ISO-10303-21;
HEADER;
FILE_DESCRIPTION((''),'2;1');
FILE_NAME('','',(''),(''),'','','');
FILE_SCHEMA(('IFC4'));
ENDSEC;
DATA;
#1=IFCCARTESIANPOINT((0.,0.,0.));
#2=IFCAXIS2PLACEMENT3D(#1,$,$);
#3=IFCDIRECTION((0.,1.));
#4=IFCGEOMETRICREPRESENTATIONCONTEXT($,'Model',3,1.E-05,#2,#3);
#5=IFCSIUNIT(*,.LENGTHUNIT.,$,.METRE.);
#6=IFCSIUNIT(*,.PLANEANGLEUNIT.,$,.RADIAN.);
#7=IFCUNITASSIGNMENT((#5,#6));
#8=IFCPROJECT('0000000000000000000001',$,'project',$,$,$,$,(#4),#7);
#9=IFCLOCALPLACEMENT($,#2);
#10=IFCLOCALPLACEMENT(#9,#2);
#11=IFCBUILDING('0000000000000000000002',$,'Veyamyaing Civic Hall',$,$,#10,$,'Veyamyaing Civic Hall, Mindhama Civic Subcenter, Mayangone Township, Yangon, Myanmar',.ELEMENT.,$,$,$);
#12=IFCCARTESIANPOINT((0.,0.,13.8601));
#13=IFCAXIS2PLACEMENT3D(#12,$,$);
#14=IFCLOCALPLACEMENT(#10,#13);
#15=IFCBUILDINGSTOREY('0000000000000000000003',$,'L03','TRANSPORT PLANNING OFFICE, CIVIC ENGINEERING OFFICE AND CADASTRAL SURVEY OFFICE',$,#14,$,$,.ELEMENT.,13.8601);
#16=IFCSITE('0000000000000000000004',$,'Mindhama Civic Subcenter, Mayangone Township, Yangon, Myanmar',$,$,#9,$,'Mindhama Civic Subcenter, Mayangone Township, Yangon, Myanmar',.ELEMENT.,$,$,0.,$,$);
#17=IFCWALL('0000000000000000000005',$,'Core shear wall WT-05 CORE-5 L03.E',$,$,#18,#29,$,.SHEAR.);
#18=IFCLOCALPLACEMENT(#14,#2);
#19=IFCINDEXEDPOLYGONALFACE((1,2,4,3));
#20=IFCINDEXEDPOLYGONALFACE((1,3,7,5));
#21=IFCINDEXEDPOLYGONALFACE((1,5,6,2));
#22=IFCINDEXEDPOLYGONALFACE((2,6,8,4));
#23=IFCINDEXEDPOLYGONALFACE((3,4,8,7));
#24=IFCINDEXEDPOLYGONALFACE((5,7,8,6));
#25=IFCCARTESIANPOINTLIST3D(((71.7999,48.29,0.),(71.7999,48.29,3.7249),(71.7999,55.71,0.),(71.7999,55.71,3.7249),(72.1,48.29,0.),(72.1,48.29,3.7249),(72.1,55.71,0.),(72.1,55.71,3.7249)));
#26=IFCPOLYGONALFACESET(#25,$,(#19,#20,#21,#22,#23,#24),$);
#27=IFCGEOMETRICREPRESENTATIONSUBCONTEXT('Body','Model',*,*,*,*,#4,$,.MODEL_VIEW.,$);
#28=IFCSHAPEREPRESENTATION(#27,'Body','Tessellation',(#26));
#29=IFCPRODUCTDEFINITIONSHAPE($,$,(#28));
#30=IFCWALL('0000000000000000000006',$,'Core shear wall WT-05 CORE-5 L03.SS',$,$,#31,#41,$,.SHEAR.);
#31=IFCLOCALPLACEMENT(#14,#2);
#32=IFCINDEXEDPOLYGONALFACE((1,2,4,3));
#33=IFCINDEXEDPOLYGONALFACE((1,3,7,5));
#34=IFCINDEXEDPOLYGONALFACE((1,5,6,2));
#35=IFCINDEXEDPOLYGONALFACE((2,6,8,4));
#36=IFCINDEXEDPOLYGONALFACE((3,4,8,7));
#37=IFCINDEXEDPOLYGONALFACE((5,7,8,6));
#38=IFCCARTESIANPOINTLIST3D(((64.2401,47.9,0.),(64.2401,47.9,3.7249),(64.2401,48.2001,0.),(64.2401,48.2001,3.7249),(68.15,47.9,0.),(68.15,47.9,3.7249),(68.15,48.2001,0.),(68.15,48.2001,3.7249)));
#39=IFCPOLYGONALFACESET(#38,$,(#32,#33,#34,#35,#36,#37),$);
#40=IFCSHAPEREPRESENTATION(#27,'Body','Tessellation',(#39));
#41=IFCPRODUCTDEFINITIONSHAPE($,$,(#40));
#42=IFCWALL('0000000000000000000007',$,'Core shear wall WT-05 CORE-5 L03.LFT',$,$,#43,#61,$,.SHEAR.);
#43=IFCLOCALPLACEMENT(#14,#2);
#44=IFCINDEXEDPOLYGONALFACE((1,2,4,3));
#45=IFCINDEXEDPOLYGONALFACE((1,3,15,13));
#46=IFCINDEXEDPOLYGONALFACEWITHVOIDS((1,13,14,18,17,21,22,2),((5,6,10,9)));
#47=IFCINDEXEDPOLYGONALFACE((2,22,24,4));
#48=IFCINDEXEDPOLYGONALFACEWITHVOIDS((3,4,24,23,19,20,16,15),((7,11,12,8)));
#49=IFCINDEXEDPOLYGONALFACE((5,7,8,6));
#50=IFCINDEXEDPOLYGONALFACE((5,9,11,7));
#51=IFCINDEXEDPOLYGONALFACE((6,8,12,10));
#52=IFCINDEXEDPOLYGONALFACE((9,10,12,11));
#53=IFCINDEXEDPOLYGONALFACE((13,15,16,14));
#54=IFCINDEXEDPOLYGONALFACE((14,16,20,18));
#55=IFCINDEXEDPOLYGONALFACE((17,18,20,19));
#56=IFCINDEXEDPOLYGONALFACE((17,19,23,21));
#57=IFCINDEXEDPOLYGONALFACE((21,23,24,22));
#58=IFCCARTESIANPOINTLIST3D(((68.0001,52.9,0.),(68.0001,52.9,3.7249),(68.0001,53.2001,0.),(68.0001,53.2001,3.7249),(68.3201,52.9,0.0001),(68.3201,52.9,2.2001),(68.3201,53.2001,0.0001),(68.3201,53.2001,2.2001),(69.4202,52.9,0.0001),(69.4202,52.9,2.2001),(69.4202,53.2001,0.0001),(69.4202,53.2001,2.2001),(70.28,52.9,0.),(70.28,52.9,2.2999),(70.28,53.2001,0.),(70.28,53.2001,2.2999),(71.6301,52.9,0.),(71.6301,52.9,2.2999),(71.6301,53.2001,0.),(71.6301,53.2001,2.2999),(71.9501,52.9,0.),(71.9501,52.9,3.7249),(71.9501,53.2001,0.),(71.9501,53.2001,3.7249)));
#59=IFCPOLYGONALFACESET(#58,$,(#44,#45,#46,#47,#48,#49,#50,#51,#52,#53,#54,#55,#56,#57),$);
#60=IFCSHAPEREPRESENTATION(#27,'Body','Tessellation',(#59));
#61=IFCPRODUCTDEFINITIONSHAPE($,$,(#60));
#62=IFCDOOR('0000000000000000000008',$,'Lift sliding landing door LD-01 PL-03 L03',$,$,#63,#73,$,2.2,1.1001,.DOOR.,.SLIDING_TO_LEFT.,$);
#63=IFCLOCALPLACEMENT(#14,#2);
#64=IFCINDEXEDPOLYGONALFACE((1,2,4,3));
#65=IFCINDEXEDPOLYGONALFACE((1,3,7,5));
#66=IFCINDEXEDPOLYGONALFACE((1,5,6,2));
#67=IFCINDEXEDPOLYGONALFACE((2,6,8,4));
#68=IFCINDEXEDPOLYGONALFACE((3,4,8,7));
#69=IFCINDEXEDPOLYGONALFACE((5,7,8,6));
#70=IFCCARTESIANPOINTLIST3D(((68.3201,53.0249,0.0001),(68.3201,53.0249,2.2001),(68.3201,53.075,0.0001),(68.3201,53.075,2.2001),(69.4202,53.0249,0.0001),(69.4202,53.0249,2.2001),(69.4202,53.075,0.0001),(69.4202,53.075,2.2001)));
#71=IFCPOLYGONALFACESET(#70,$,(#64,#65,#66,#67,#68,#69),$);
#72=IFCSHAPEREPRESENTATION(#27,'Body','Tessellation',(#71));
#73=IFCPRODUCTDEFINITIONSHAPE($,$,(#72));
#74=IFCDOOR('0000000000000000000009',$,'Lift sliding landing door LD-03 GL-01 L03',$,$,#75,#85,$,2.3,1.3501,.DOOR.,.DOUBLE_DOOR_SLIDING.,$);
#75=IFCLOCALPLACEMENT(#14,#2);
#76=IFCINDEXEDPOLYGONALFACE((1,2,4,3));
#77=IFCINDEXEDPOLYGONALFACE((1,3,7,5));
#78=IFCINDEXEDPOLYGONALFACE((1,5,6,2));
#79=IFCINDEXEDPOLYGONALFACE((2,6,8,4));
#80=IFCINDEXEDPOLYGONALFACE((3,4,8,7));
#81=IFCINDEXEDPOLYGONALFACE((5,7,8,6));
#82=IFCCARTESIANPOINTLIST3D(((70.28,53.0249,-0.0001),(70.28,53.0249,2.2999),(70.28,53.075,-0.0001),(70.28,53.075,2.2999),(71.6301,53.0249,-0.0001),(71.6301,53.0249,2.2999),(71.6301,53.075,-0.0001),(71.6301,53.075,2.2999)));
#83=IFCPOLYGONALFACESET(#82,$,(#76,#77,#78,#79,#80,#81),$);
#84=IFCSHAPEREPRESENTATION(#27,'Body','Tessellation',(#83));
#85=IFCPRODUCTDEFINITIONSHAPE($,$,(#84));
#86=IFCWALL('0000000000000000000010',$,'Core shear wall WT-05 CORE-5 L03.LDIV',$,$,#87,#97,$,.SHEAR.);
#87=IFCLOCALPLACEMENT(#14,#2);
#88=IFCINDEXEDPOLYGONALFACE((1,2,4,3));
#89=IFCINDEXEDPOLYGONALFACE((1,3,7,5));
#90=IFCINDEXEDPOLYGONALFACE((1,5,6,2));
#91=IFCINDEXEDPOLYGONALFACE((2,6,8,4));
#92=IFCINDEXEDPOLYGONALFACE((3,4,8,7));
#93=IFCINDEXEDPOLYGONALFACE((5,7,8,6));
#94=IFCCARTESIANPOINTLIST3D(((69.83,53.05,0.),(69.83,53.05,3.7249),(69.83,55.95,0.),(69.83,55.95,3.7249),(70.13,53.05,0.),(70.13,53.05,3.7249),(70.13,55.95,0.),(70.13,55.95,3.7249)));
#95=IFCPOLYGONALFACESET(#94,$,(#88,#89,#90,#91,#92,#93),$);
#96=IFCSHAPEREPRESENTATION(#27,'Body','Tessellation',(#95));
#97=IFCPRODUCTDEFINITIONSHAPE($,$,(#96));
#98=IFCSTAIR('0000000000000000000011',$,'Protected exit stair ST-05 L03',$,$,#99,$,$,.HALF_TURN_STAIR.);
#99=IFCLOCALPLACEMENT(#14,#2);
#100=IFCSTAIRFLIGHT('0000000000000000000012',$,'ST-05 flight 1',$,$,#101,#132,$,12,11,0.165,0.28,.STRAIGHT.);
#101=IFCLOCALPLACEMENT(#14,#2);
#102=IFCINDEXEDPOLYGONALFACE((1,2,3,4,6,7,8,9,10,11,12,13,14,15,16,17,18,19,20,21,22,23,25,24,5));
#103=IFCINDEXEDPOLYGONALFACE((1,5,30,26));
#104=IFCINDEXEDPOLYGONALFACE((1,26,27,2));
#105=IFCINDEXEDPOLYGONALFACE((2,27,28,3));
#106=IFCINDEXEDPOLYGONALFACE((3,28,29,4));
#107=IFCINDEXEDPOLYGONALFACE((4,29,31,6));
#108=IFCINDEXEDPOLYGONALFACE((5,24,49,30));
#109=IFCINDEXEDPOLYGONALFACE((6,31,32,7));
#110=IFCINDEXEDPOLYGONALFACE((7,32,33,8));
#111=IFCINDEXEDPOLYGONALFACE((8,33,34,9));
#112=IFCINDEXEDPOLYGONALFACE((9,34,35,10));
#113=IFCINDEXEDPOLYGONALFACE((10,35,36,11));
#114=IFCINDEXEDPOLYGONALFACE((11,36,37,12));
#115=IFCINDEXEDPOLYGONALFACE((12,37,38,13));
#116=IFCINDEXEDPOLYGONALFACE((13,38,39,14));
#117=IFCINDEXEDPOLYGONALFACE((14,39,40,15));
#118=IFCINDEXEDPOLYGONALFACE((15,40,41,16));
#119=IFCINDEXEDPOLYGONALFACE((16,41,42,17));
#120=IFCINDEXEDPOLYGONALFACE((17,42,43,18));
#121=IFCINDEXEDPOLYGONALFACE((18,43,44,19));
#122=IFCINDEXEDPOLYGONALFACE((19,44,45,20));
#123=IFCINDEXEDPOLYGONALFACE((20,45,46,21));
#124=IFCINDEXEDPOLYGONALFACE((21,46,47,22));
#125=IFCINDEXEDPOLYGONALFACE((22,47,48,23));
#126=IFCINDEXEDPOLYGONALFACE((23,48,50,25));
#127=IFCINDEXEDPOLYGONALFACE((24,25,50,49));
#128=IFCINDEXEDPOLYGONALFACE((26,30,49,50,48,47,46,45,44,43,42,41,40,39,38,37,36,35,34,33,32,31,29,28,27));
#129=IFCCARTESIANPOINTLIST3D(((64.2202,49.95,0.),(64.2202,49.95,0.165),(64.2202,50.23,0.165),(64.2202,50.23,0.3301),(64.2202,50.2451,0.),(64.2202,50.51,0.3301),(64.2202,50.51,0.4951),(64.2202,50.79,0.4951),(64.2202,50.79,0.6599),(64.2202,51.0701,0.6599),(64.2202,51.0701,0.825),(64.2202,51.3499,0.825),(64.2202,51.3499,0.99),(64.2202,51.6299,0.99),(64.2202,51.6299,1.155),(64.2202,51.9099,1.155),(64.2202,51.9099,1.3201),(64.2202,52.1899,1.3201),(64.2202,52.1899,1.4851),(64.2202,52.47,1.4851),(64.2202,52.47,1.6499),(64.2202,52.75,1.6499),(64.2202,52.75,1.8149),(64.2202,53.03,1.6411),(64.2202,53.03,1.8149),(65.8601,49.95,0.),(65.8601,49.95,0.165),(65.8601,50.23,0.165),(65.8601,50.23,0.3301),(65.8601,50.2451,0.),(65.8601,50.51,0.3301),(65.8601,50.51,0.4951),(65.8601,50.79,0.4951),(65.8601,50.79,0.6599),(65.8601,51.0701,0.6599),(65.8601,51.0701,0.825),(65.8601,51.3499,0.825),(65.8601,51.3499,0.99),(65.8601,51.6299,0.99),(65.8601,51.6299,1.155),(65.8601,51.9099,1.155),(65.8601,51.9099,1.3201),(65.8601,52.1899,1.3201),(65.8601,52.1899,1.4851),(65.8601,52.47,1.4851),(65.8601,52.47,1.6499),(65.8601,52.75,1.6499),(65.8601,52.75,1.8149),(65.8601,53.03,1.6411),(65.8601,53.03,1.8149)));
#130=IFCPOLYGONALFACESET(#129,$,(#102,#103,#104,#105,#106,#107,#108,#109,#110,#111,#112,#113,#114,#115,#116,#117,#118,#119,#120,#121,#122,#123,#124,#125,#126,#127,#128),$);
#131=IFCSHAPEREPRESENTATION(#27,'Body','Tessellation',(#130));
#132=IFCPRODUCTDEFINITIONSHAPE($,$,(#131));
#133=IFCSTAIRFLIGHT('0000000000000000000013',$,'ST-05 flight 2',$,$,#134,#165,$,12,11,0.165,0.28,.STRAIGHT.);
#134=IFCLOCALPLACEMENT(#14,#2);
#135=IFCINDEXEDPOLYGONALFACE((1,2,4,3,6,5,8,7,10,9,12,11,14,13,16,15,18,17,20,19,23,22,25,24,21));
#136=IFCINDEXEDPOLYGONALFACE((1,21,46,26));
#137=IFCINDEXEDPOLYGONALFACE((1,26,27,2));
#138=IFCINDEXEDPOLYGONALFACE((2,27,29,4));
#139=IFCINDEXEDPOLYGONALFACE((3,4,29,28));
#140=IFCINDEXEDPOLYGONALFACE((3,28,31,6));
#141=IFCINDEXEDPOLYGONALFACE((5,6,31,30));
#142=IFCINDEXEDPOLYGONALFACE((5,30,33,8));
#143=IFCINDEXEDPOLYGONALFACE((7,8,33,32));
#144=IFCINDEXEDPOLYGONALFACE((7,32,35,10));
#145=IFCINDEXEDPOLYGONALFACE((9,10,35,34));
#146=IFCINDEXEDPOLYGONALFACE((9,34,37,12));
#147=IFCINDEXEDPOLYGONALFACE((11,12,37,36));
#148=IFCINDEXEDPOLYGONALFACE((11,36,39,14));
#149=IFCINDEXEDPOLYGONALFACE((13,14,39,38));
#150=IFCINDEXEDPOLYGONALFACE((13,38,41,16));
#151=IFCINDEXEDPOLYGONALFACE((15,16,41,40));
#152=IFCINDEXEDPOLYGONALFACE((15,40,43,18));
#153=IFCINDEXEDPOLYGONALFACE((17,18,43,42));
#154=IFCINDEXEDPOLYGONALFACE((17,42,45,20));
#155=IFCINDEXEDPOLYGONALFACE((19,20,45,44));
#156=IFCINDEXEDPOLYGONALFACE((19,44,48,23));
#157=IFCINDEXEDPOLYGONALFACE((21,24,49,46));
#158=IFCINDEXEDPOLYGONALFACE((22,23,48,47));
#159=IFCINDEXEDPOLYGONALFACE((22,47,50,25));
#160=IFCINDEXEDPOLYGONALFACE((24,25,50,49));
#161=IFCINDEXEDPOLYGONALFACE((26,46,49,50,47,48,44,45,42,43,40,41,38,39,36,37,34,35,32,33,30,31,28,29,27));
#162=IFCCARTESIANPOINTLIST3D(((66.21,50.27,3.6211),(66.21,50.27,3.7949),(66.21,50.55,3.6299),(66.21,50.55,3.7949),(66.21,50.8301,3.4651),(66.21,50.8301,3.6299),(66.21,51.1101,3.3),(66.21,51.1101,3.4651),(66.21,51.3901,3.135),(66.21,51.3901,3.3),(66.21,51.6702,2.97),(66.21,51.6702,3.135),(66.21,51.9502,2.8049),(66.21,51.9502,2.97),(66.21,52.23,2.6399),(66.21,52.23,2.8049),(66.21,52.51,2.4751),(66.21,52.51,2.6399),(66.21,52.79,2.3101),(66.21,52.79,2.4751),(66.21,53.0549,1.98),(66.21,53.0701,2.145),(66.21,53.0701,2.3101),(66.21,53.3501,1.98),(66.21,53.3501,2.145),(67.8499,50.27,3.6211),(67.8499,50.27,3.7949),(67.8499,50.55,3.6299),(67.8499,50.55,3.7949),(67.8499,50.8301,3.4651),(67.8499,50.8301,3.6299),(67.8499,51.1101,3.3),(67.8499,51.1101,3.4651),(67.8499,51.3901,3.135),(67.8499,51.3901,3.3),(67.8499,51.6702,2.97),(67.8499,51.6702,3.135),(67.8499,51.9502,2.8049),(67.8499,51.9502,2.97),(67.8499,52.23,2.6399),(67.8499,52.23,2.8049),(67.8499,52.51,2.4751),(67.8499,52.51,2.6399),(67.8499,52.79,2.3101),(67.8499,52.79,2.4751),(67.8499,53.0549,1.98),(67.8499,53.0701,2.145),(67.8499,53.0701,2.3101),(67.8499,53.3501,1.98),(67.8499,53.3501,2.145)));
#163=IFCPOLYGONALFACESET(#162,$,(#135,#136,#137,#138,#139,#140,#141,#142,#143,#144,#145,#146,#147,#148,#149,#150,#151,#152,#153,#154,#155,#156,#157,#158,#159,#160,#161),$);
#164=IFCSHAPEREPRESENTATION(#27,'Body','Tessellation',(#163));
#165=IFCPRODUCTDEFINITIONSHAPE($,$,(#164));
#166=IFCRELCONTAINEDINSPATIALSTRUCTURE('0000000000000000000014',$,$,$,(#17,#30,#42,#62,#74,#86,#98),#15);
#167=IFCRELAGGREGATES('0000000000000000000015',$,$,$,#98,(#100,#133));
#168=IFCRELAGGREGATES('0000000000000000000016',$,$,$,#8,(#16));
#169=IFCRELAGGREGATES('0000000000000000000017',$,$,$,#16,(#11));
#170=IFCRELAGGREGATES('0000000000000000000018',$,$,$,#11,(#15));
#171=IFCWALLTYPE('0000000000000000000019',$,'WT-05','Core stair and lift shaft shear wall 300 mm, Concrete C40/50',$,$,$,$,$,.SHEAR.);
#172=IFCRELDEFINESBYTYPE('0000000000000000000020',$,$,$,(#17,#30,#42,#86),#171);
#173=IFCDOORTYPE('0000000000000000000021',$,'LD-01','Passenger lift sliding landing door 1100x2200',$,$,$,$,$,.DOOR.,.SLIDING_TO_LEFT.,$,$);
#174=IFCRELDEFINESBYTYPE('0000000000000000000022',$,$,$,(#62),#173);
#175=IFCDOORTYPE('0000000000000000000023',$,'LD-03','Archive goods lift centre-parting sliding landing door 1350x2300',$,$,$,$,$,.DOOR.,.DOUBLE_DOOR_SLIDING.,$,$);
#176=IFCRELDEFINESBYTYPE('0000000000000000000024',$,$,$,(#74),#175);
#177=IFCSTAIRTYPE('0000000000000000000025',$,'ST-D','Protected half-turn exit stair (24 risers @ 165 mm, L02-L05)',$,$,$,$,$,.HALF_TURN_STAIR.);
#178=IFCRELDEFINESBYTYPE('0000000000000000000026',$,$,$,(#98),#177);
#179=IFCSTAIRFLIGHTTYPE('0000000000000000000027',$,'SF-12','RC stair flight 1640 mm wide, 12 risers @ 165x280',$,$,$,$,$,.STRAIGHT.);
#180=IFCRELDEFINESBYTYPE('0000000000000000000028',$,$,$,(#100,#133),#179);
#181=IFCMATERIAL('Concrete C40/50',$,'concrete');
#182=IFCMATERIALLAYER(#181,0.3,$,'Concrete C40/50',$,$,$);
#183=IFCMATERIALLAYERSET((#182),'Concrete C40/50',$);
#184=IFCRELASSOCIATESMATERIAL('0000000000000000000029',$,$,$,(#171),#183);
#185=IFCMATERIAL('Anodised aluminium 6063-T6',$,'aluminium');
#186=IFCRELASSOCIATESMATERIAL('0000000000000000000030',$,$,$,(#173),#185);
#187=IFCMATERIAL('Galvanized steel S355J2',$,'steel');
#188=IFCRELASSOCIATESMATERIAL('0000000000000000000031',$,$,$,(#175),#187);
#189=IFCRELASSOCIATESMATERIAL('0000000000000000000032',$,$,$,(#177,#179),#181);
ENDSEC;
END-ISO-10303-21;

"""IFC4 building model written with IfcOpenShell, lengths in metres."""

from ifc_helpers import new_model, si_unit, direction, frame, frame_2d, origin, place, context, subcontext, project, spatial, polyline, rectangle, outline, extrude, material, layer, layer_set, type_object, element, fill, aggregate, save


model = new_model("IFC4")

# Units and contexts
model_context = context("Model", 3, precision=1e-05, world=origin(), true_north=direction((0.0, 1.0)))
body_context = subcontext(model_context, "Body", "Model", "MODEL_VIEW")
ifc_project = project(units=[si_unit("LENGTHUNIT", "METRE"), si_unit("PLANEANGLEUNIT", "RADIAN")], contexts=[model_context])

# Site, building, storey
site_placement = place(None, origin())
site = spatial("IfcSite", under=ifc_project, at=site_placement, Name="Mindhama Civic Subcenter, Mayangone Township, Yangon, Myanmar", LongName="Mindhama Civic Subcenter, Mayangone Township, Yangon, Myanmar", CompositionType="ELEMENT", RefElevation=0.0)
building_placement = place(site_placement, origin())
building = spatial("IfcBuilding", under=site, at=building_placement, Name="Veyamyaing Civic Hall", LongName="Veyamyaing Civic Hall, Mindhama Civic Subcenter, Mayangone Township, Yangon, Myanmar", CompositionType="ELEMENT")
storey_placement = place(building_placement, frame((0.0, 0.0, 13.8601)))
storey = spatial("IfcBuildingStorey", under=building, at=storey_placement, Name="L03", Description="TRANSPORT PLANNING OFFICE, CIVIC ENGINEERING OFFICE AND CADASTRAL SURVEY OFFICE", CompositionType="ELEMENT", Elevation=13.8601)

# Walls
ifc_material_1 = material(Name="Concrete C40/50", Category="concrete")
ifc_layer_1 = layer(ifc_material_1, 0.3, Name="Concrete C40/50")
ifc_layer_set_1 = layer_set([ifc_layer_1], Name="Concrete C40/50")
wall_type_1 = type_object("IfcWallType", Name="WT-05", Description="Core stair and lift shaft shear wall 300 mm, Concrete C40/50", PredefinedType="SHEAR", material=ifc_layer_set_1)
wall_1_placement = place(storey_placement, frame((71.95, 48.29, 0.0), z_axis=(0.0, 0.0, 1.0), x_axis=(0.0, 1.0, 0.0)))
element("IfcWall", 1, at=wall_1_placement, inside=storey, type_object=wall_type_1, Name="Core shear wall WT-05 CORE-5 L03.E", PredefinedType="SHEAR", context=body_context, shape_type="SweptSolid", body=[
    extrude(rectangle(XDim=7.4199, YDim=0.3, at=frame_2d((3.71, 0.0))), origin(), (0.0, 0.0, 1.0), 3.7249),
])
wall_2_placement = place(storey_placement, frame((64.24, 48.05, 0.0), z_axis=(0.0, 0.0, 1.0), x_axis=(1.0, 0.0, 0.0)))
element("IfcWall", 2, at=wall_2_placement, inside=storey, type_object=wall_type_1, Name="Core shear wall WT-05 CORE-5 L03.SS", PredefinedType="SHEAR", context=body_context, shape_type="SweptSolid", body=[
    extrude(rectangle(XDim=3.9099, YDim=0.3, at=frame_2d((1.9551, 0.0))), origin(), (0.0, 0.0, 1.0), 3.7249),
])

# Shared definitions
ifc_material_2 = material(Name="Galvanized steel S355J2", Category="steel")

# Wall, openings, doors
wall_3_placement = place(storey_placement, frame((68.0, 53.05, 0.0), z_axis=(0.0, 0.0, 1.0), x_axis=(1.0, 0.0, 0.0)))
wall_3 = element("IfcWall", 3, at=wall_3_placement, inside=storey, type_object=wall_type_1, Name="Core shear wall WT-05 CORE-5 L03.LFT", PredefinedType="SHEAR", context=body_context, shape_type="SweptSolid", body=[
    extrude(rectangle(XDim=3.95, YDim=0.3, at=frame_2d((1.9751, 0.0))), origin(), (0.0, 0.0, 1.0), 3.7249),
])
opening_1_placement = place(wall_3_placement, frame((0.3201, 0.0, 0.0)))
opening_1 = element("IfcOpeningElement", 4, at=opening_1_placement, cuts=wall_3, PredefinedType="OPENING", context=body_context, shape_type="SweptSolid", body=[
    extrude(rectangle(XDim=1.1001, YDim=2.2, at=frame_2d((0.55, 1.1001))), frame((0.0, 0.1599, 0.0), z_axis=(0.0, -1.0, 0.0), x_axis=(1.0, 0.0, 0.0)), (0.0, 0.0, 1.0), 0.3201),
])
opening_2_placement = place(wall_3_placement, frame((2.28, 0.0, 0.0)))
opening_2 = element("IfcOpeningElement", 5, at=opening_2_placement, cuts=wall_3, PredefinedType="OPENING", context=body_context, shape_type="SweptSolid", body=[
    extrude(rectangle(XDim=1.3501, YDim=2.3, at=frame_2d((0.675, 1.1499))), frame((0.0, 0.1599, 0.0), z_axis=(0.0, -1.0, 0.0), x_axis=(1.0, 0.0, 0.0)), (0.0, 0.0, 1.0), 0.3201),
])
ifc_material_3 = material(Name="Anodised aluminium 6063-T6", Category="aluminium")
door_type_1 = type_object("IfcDoorType", Name="LD-01", Description="Passenger lift sliding landing door 1100x2200", OperationType="SLIDING_TO_LEFT", PredefinedType="DOOR", material=ifc_material_3)
door_1_placement = place(opening_1_placement, origin())
door_1 = element("IfcDoor", 6, at=door_1_placement, inside=storey, type_object=door_type_1, Name="Lift sliding landing door LD-01 PL-03 L03", OperationType="SLIDING_TO_LEFT", OverallHeight=2.2, OverallWidth=1.1001, PredefinedType="DOOR", context=body_context, shape_type="SweptSolid", body=[
    extrude(rectangle(XDim=1.1001, YDim=2.2, at=frame_2d((0.55, 1.1001))), frame((0.0, 0.0249, 0.0), z_axis=(0.0, -1.0, 0.0), x_axis=(1.0, 0.0, 0.0)), (0.0, 0.0, 1.0), 0.05),
])
fill(opening_1, door_1)
door_type_2 = type_object("IfcDoorType", Name="LD-03", Description="Archive goods lift centre-parting sliding landing door 1350x2300", OperationType="DOUBLE_DOOR_SLIDING", PredefinedType="DOOR", material=ifc_material_2)
door_2_placement = place(opening_2_placement, origin())
door_2 = element("IfcDoor", 7, at=door_2_placement, inside=storey, type_object=door_type_2, Name="Lift sliding landing door LD-03 GL-01 L03", OperationType="DOUBLE_DOOR_SLIDING", OverallHeight=2.3, OverallWidth=1.3501, PredefinedType="DOOR", context=body_context, shape_type="SweptSolid", body=[
    extrude(rectangle(XDim=1.3501, YDim=2.3, at=frame_2d((0.675, 1.1499))), frame((0.0, 0.0249, 0.0), z_axis=(0.0, -1.0, 0.0), x_axis=(1.0, 0.0, 0.0)), (0.0, 0.0, 1.0), 0.05),
])
fill(opening_2, door_2)

# Wall
wall_4_placement = place(storey_placement, frame((69.98, 53.05, 0.0), z_axis=(0.0, 0.0, 1.0), x_axis=(0.0, 1.0, 0.0)))
element("IfcWall", 8, at=wall_4_placement, inside=storey, type_object=wall_type_1, Name="Core shear wall WT-05 CORE-5 L03.LDIV", PredefinedType="SHEAR", context=body_context, shape_type="SweptSolid", body=[
    extrude(rectangle(XDim=2.8999, YDim=0.3, at=frame_2d((1.45, 0.0))), origin(), (0.0, 0.0, 1.0), 3.7249),
])

# Stair, stair flights
stair_type = type_object("IfcStairType", Name="ST-D", Description="Protected half-turn exit stair (24 risers @ 165 mm, L02-L05)", PredefinedType="HALF_TURN_STAIR", material=ifc_material_1)
stair_placement = place(storey_placement, origin())
stair = element("IfcStair", 9, at=stair_placement, inside=storey, type_object=stair_type, Name="Protected exit stair ST-05 L03", PredefinedType="HALF_TURN_STAIR")
stair_flight_type = type_object("IfcStairFlightType", Name="SF-12", Description="RC stair flight 1640 mm wide, 12 risers @ 165x280", PredefinedType="STRAIGHT", material=ifc_material_1)
stair_flight_1_placement = place(storey_placement, frame((65.04, 49.95, 0.0), z_axis=(0.0, 0.0, 1.0), x_axis=(0.0, 1.0, 0.0)))
stair_flight_1 = element("IfcStairFlight", 10, at=stair_flight_1_placement, type_object=stair_flight_type, Name="ST-05 flight 1", NumberOfRisers=12, NumberOfTreads=11, PredefinedType="STRAIGHT", RiserHeight=0.165, TreadLength=0.28, context=body_context, shape_type="SweptSolid", body=[
    extrude(outline(polyline([(0.0, 0.0), (0.0, 0.165), (0.28, 0.165), (0.28, 0.3301), (0.5601, 0.3301), (0.5601, 0.4951), (0.8401, 0.4951), (0.8401, 0.6599), (1.1201, 0.6599), (1.1201, 0.825), (1.3999, 0.825), (1.3999, 0.99), (1.6799, 0.99), (1.6799, 1.155), (1.96, 1.155), (1.96, 1.3201), (2.24, 1.3201), (2.24, 1.4851), (2.52, 1.4851), (2.52, 1.6499), (2.8, 1.6499), (2.8, 1.8149), (3.0801, 1.8149), (3.0801, 1.98), (3.0801, 1.6411), (0.2952, 0.0), (0.0, 0.0)])), frame((0.0, 0.8198, 0.0), z_axis=(0.0, -1.0, 0.0), x_axis=(1.0, 0.0, 0.0)), (0.0, 0.0, 1.0), 1.6399),
])
stair_flight_2_placement = place(storey_placement, frame((67.03, 53.3501, 1.98), z_axis=(0.0, 0.0, 1.0), x_axis=(0.0, -1.0, 0.0)))
stair_flight_2 = element("IfcStairFlight", 11, at=stair_flight_2_placement, type_object=stair_flight_type, Name="ST-05 flight 2", NumberOfRisers=12, NumberOfTreads=11, PredefinedType="STRAIGHT", RiserHeight=0.165, TreadLength=0.28, context=body_context, shape_type="SweptSolid", body=[
    extrude(outline(polyline([(0.0, 0.0), (0.0, 0.165), (0.28, 0.165), (0.28, 0.3301), (0.5601, 0.3301), (0.5601, 0.4951), (0.8401, 0.4951), (0.8401, 0.6599), (1.1201, 0.6599), (1.1201, 0.825), (1.3999, 0.825), (1.3999, 0.99), (1.6799, 0.99), (1.6799, 1.155), (1.96, 1.155), (1.96, 1.3201), (2.24, 1.3201), (2.24, 1.4851), (2.52, 1.4851), (2.52, 1.6499), (2.8, 1.6499), (2.8, 1.8149), (3.0801, 1.8149), (3.0801, 1.98), (3.0801, 1.6411), (0.2952, 0.0), (0.0, 0.0)])), frame((0.0, 0.8198, 0.0), z_axis=(0.0, -1.0, 0.0), x_axis=(1.0, 0.0, 0.0)), (0.0, 0.0, 1.0), 1.6399),
])
aggregate(stair, [stair_flight_1, stair_flight_2])

save(model, "model.ifc")
